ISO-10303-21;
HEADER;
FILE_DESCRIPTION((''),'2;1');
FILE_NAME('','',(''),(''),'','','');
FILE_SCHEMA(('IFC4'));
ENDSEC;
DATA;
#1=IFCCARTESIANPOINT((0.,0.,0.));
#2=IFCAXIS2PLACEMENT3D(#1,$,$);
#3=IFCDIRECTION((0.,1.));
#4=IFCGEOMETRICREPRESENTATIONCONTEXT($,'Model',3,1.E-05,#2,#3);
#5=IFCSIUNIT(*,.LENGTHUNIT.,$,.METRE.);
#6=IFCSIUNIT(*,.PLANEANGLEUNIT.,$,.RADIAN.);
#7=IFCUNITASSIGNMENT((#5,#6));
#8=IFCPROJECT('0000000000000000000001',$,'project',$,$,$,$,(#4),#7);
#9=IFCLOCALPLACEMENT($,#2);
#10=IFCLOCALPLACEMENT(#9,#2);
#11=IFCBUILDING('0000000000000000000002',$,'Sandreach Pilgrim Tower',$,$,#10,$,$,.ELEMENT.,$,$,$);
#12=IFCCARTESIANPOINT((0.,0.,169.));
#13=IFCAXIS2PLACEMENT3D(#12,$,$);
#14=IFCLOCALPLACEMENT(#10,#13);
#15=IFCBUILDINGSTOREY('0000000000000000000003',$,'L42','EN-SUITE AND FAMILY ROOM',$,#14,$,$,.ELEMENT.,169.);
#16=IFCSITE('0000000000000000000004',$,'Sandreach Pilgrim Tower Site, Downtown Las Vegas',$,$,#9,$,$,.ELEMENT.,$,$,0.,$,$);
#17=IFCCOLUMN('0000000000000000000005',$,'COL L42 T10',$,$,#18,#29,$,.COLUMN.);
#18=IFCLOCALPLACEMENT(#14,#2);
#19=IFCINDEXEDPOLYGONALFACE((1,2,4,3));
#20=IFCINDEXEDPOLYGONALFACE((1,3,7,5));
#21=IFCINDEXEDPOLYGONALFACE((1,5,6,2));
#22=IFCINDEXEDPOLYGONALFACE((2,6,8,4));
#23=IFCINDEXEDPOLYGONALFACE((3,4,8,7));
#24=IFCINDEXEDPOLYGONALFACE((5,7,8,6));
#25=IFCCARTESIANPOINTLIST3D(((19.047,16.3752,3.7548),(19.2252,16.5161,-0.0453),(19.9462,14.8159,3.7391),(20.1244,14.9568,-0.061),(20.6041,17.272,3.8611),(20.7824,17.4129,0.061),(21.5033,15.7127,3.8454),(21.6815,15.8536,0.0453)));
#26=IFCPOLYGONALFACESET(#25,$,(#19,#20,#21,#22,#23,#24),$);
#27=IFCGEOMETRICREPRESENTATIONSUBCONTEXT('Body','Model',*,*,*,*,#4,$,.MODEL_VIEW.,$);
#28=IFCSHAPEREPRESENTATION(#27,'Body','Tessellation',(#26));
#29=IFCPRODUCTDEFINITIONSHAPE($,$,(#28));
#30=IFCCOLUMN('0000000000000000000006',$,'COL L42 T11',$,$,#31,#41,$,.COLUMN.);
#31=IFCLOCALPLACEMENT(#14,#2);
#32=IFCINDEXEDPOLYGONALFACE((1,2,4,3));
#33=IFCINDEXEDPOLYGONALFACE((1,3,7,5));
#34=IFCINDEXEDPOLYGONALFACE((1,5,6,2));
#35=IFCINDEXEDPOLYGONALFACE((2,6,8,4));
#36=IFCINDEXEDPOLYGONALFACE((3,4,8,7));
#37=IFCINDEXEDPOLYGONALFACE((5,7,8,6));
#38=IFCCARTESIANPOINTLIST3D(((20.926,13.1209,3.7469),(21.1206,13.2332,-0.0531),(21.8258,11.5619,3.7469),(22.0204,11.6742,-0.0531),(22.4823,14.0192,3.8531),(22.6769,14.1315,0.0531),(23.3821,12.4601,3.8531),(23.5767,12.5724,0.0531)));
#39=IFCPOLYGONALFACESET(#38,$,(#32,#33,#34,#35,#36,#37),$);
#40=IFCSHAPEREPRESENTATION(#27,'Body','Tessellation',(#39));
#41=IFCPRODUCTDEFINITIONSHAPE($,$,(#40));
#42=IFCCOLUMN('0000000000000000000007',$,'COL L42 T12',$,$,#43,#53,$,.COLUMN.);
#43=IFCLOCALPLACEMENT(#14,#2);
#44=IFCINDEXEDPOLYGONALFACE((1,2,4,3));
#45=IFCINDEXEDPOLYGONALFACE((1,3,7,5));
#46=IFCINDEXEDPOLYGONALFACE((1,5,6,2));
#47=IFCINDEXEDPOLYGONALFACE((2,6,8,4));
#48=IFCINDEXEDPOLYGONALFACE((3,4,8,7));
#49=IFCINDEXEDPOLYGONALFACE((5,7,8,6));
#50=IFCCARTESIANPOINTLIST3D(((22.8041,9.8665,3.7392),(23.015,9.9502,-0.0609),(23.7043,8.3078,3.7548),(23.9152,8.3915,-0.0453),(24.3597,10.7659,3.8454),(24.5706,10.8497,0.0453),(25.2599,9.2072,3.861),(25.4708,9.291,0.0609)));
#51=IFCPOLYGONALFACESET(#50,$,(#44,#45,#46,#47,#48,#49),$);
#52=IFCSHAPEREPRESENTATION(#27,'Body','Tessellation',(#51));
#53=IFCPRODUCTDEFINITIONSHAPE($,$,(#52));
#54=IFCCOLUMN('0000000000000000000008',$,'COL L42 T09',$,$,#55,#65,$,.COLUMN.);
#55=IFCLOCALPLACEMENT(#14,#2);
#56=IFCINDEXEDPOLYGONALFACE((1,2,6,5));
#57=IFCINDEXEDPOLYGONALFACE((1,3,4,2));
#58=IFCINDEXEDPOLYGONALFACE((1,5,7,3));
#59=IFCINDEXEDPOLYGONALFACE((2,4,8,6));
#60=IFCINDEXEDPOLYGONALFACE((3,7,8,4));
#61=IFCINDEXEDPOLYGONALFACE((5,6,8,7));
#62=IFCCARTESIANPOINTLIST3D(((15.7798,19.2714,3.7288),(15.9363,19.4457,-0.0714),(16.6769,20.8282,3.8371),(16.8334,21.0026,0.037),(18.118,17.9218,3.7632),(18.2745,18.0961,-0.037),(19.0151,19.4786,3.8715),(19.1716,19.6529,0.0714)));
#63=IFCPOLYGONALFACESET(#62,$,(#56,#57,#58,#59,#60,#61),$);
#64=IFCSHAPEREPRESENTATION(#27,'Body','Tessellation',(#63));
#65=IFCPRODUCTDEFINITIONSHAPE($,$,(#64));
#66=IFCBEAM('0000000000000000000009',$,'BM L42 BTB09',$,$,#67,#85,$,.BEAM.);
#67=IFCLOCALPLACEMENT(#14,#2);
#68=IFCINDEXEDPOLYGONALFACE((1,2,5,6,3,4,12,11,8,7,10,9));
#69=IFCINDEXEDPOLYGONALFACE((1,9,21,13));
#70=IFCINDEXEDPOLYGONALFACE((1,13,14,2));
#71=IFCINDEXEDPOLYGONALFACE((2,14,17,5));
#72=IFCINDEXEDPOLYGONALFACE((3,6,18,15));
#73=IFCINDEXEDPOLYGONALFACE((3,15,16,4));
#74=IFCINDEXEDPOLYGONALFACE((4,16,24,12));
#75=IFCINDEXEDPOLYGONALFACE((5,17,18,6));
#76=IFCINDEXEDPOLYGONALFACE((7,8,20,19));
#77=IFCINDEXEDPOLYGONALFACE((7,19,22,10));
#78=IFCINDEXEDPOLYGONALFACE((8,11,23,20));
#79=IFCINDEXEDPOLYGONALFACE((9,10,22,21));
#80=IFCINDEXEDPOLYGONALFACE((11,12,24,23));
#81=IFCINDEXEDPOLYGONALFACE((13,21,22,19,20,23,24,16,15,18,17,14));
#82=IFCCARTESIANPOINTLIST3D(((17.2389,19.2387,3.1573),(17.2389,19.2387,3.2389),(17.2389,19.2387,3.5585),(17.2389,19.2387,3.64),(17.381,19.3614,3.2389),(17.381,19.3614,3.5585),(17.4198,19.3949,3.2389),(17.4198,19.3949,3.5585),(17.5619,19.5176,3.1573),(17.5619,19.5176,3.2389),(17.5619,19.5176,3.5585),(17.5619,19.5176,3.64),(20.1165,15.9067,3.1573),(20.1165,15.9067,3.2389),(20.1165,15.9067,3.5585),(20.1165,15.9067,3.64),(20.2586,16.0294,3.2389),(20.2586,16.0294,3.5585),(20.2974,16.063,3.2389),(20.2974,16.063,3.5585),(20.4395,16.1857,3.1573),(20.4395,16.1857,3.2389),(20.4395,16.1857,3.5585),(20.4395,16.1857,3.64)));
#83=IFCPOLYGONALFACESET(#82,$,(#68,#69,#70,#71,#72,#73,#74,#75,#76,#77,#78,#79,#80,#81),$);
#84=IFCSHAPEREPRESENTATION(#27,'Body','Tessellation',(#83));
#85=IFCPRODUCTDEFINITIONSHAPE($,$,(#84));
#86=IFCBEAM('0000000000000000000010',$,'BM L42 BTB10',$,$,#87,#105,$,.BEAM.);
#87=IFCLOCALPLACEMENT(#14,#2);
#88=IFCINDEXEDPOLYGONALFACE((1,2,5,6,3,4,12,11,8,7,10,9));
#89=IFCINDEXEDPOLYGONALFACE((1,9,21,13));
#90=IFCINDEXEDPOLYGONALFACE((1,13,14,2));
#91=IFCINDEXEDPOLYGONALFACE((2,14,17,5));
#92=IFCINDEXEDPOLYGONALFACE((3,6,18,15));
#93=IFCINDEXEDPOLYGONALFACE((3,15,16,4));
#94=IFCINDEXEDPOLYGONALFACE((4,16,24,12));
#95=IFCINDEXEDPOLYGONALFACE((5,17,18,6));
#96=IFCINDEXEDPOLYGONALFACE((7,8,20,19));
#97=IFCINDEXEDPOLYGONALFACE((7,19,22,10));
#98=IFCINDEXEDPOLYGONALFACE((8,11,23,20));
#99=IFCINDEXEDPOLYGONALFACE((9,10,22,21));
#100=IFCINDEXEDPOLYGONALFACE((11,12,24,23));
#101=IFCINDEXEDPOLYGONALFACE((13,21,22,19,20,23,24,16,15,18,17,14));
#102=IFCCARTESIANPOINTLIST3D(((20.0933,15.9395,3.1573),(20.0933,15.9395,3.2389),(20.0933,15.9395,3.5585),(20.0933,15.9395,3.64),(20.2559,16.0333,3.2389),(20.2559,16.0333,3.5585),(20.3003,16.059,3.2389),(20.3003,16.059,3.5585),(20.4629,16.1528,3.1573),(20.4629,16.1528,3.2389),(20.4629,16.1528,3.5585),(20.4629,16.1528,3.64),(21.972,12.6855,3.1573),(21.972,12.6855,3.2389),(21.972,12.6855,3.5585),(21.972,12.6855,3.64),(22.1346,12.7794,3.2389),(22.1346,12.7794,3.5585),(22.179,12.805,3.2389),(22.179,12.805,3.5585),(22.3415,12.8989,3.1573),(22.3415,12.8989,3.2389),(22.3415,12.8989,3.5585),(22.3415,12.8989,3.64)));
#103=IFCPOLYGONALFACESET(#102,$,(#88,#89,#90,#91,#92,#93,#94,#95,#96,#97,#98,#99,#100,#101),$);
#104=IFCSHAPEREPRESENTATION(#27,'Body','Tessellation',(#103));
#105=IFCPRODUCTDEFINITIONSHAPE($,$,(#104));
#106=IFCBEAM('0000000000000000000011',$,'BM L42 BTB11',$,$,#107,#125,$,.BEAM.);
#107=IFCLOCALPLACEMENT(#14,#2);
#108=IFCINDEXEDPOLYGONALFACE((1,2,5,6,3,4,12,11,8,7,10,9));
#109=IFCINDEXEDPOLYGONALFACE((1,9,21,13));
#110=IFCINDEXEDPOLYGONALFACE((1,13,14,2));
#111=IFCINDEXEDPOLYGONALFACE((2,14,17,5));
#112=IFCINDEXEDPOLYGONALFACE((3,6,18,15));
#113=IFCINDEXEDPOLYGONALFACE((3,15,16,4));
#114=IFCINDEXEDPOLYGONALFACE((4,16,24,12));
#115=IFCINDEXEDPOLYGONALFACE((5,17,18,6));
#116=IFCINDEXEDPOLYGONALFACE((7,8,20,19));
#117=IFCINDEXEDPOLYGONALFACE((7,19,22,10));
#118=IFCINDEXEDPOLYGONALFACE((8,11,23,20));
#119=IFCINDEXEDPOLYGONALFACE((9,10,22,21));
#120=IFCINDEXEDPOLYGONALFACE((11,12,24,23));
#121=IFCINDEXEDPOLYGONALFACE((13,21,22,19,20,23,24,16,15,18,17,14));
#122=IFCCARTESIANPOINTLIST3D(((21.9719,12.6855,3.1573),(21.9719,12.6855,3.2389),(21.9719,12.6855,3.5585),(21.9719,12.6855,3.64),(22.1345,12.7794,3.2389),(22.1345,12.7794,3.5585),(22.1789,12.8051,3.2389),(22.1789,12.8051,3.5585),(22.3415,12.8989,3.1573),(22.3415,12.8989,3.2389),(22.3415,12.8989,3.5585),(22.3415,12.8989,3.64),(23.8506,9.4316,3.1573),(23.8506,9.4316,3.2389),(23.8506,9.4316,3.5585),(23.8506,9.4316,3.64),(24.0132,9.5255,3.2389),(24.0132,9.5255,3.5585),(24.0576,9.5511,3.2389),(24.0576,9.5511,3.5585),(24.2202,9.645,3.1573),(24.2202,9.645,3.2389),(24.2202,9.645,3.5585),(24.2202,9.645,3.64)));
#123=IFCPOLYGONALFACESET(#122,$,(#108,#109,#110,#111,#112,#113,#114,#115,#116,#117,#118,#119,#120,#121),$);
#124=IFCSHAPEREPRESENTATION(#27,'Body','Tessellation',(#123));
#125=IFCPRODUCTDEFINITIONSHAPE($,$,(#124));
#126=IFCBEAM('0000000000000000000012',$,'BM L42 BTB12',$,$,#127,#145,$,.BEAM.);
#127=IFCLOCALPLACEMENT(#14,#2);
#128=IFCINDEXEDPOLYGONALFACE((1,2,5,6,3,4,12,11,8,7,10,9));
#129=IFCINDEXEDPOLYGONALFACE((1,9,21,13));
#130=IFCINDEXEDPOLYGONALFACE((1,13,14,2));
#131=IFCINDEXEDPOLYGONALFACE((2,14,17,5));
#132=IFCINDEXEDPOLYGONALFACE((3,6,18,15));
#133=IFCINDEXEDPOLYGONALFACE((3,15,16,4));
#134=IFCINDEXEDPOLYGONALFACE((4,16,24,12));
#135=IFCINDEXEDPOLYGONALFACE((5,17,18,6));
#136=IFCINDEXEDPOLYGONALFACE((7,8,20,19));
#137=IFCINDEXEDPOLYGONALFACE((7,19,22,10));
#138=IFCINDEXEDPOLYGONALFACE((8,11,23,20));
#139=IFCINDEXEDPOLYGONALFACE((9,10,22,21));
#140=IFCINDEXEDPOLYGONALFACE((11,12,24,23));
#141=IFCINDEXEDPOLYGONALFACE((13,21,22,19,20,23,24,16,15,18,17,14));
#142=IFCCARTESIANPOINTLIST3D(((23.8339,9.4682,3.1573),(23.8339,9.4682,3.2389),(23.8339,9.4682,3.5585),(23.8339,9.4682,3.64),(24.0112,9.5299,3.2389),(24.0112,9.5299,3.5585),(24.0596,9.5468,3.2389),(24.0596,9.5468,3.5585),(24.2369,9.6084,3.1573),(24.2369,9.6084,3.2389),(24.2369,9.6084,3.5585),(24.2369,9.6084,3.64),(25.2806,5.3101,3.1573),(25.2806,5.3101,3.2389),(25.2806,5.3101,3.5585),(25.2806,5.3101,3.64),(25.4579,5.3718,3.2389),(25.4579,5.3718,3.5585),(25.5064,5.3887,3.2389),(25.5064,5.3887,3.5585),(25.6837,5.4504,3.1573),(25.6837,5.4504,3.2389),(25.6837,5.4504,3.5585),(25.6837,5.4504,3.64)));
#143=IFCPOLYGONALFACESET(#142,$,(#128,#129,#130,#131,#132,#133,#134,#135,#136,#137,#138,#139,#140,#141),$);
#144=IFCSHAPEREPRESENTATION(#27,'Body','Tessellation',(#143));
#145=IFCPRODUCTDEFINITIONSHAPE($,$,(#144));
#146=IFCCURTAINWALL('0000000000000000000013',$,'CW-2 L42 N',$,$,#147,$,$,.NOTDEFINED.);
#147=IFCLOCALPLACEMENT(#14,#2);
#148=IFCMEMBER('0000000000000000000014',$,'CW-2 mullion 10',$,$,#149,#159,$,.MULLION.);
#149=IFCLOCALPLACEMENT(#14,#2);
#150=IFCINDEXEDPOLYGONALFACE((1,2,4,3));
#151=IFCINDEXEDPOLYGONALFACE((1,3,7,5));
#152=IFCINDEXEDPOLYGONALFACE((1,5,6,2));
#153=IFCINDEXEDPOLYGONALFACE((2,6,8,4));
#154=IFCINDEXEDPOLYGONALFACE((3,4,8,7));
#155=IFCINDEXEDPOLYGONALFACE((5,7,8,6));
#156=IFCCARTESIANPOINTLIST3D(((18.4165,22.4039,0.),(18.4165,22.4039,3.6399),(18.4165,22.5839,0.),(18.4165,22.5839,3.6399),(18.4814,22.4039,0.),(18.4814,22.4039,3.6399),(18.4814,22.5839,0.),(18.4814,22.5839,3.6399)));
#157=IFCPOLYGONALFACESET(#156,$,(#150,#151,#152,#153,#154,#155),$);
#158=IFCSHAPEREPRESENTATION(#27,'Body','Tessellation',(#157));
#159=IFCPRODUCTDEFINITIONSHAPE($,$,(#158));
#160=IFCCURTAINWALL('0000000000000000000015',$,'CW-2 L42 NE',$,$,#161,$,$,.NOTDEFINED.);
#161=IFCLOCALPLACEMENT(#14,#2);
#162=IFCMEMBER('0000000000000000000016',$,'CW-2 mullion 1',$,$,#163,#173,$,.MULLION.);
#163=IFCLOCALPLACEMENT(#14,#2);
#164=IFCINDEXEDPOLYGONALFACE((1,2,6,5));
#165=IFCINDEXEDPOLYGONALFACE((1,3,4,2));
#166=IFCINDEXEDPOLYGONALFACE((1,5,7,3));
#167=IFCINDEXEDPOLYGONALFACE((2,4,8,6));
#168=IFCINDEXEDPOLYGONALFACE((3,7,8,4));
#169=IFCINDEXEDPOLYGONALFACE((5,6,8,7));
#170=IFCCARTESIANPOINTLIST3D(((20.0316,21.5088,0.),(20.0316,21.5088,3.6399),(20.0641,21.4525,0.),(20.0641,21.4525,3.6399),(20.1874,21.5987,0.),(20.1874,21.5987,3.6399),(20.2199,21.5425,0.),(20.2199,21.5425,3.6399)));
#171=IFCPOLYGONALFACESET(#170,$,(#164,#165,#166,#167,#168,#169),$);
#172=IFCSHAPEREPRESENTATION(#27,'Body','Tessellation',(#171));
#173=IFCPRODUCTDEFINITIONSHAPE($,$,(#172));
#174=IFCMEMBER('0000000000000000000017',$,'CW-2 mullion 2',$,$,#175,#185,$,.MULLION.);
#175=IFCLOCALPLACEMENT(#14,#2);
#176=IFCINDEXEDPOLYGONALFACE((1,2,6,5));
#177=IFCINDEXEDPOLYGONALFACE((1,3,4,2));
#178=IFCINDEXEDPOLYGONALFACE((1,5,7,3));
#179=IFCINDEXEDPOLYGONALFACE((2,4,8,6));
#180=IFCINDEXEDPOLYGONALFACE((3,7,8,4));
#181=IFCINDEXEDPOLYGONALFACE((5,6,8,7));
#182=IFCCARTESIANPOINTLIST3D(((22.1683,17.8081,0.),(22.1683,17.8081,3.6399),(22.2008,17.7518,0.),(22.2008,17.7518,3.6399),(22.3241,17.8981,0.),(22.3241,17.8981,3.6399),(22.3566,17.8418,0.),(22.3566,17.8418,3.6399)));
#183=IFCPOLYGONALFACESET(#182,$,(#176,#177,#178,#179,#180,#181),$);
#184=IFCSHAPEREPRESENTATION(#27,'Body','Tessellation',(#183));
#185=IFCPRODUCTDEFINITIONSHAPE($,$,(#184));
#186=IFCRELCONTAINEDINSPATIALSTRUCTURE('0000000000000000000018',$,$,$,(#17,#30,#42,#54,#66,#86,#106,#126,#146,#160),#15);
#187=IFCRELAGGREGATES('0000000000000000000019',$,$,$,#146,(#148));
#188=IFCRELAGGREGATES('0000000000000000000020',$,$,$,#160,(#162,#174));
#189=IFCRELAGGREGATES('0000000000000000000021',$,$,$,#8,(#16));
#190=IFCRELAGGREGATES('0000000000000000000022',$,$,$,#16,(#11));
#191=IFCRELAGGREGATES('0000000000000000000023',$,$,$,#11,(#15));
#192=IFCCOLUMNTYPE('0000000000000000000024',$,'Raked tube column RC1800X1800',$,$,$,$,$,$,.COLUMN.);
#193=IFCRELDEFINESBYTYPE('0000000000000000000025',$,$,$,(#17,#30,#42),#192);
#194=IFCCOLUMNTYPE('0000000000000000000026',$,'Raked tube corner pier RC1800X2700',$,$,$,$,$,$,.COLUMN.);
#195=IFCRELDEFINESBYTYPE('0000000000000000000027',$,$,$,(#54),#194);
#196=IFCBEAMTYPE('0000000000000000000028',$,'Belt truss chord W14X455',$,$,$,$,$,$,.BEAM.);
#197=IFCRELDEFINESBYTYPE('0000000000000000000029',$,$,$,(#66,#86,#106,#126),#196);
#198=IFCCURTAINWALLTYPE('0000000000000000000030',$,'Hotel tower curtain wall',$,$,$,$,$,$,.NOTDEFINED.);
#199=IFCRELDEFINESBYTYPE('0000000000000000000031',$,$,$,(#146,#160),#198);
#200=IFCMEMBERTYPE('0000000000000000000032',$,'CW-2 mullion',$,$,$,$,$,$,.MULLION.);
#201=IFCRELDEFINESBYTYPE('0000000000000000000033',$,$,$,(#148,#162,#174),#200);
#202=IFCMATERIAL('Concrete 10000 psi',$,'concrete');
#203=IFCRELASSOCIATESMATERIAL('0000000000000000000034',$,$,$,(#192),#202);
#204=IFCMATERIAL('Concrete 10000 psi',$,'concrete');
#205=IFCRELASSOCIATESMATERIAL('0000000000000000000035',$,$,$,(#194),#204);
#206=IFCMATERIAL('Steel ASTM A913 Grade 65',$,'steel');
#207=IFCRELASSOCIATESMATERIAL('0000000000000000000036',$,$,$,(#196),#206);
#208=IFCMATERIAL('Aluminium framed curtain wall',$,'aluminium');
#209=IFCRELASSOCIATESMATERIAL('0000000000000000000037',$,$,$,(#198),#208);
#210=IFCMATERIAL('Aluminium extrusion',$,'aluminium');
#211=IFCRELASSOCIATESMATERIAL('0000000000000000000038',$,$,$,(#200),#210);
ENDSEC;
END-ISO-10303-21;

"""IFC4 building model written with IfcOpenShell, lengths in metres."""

from ifc_helpers import new_model, si_unit, direction, frame, origin, origin_2d, place, context, subcontext, project, spatial, rectangle, i_section, extrude, material, material_profile, profile_set, type_object, element, aggregate, save


model = new_model("IFC4")

# Units and contexts
model_context = context("Model", 3, precision=1e-05, world=origin(), true_north=direction((0.0, 1.0)))
body_context = subcontext(model_context, "Body", "Model", "MODEL_VIEW")
ifc_project = project(units=[si_unit("LENGTHUNIT", "METRE"), si_unit("PLANEANGLEUNIT", "RADIAN")], contexts=[model_context])

# Site, building, storey
site_placement = place(None, origin())
site = spatial("IfcSite", under=ifc_project, at=site_placement, Name="Sandreach Pilgrim Tower Site, Downtown Las Vegas", CompositionType="ELEMENT", RefElevation=0.0)
building_placement = place(site_placement, origin())
building = spatial("IfcBuilding", under=site, at=building_placement, Name="Sandreach Pilgrim Tower", CompositionType="ELEMENT")
storey_placement = place(building_placement, frame((0.0, 0.0, 169.0)))
storey = spatial("IfcBuildingStorey", under=building, at=storey_placement, Name="L42", Description="EN-SUITE AND FAMILY ROOM", CompositionType="ELEMENT", Elevation=169.0)

# Columns
ifc_material_1 = material(Name="Concrete 10000 psi", Category="concrete")
ifc_material_profile_1 = material_profile(ifc_material_1, rectangle(XDim=1.8, YDim=1.8, at=origin_2d()), Name="RC1800X1800")
ifc_profile_set_1 = profile_set([ifc_material_profile_1], Name="Concrete 10000 psi")
column_type_1 = type_object("IfcColumnType", Name="Raked tube column RC1800X1800", PredefinedType="COLUMN", material=ifc_profile_set_1)
column_1_placement = place(storey_placement, frame((20.4534, 16.1848, 0.0), z_axis=(-0.046817, -0.037004, 0.998218), x_axis=(0.865044, 0.498209, 0.059039)))
element("IfcColumn", 1, at=column_1_placement, inside=storey, type_object=column_type_1, Name="COL L42 T10", PredefinedType="COLUMN", context=body_context, shape_type="SweptSolid", body=[
    extrude(rectangle(XDim=1.8, YDim=1.8, at=origin_2d()), origin(), (0.0, 0.0, 1.0), 3.8069),
])
column_2_placement = place(storey_placement, frame((22.3486, 12.9028, 0.0), z_axis=(-0.051115, -0.029502, 0.998257), x_axis=(0.864585, 0.499008, 0.059018)))
element("IfcColumn", 2, at=column_2_placement, inside=storey, type_object=column_type_1, Name="COL L42 T11", PredefinedType="COLUMN", context=body_context, shape_type="SweptSolid", body=[
    extrude(rectangle(XDim=1.8, YDim=1.8, at=origin_2d()), origin(), (0.0, 0.0, 1.0), 3.8066),
])
column_3_placement = place(storey_placement, frame((24.2429, 9.6206, 0.0), z_axis=(-0.05541, -0.021997, 0.998221), x_axis=(0.864198, 0.499683, 0.058982)))
element("IfcColumn", 3, at=column_3_placement, inside=storey, type_object=column_type_1, Name="COL L42 T12", PredefinedType="COLUMN", context=body_context, shape_type="SweptSolid", body=[
    extrude(rectangle(XDim=1.8, YDim=1.8, at=origin_2d()), origin(), (0.0, 0.0, 1.0), 3.8069),
])
ifc_material_2 = material(Name="Concrete 10000 psi", Category="concrete")
ifc_material_profile_2 = material_profile(ifc_material_2, rectangle(XDim=1.8, YDim=2.7, at=origin_2d()), Name="RC1800X2700")
ifc_profile_set_2 = profile_set([ifc_material_profile_2], Name="Concrete 10000 psi")
column_type_2 = type_object("IfcColumnType", Name="Raked tube corner pier RC1800X2700", PredefinedType="COLUMN", material=ifc_profile_set_2)
column_4_placement = place(storey_placement, frame((17.554, 19.5493, 0.0), z_axis=(-0.041104, -0.045785, 0.998105), x_axis=(0.498343, 0.864888, 0.060197)))
element("IfcColumn", 4, at=column_4_placement, inside=storey, type_object=column_type_2, Name="COL L42 T09", PredefinedType="COLUMN", context=body_context, shape_type="SweptSolid", body=[
    extrude(rectangle(XDim=1.8, YDim=2.7, at=origin_2d()), origin(), (0.0, 0.0, 1.0), 3.8074),
])

# Beams
ifc_material_3 = material(Name="Steel ASTM A913 Grade 65", Category="steel")
ifc_material_profile_3 = material_profile(ifc_material_3, i_section(OverallWidth=0.4268, OverallDepth=0.4827, WebThickness=0.0513, FlangeThickness=0.0815, at=origin_2d()), Name="W14X455")
ifc_profile_set_3 = profile_set([ifc_material_profile_3], Name="Steel ASTM A913 Grade 65")
beam_type_1 = type_object("IfcBeamType", Name="Belt truss chord W14X455", PredefinedType="BEAM", material=ifc_profile_set_3)
beam_1_placement = place(storey_placement, frame((17.4004, 19.3782, 3.3987), z_axis=(0.653623, -0.756821, 0.0), x_axis=(0.756821, 0.653623, 0.0)))
element("IfcBeam", 5, at=beam_1_placement, inside=storey, type_object=beam_type_1, Name="BM L42 BTB09", PredefinedType="BEAM", context=body_context, shape_type="SweptSolid", body=[
    extrude(i_section(OverallWidth=0.4268, OverallDepth=0.4827, WebThickness=0.0513, FlangeThickness=0.0815, at=origin_2d()), origin(), (0.0, 0.0, 1.0), 4.4026),
])
for number, where, z_axis, x_axis, name in (
    (6, (20.2781, 16.0461, 3.3987), (0.500004, -0.866023, 0.0), (0.866023, 0.500004, 0.0), "BM L42 BTB10"),
    (7, (22.1567, 12.7922, 3.3987), (0.500004, -0.866023, 0.0), (0.866023, 0.500004, 0.0), "BM L42 BTB11"),
):
    element("IfcBeam", number, at=place(storey_placement, frame(where, z_axis=z_axis, x_axis=x_axis)), inside=storey, type_object=beam_type_1, Name=name, PredefinedType="BEAM", context=body_context, shape_type="SweptSolid", body=[
        extrude(i_section(OverallWidth=0.4268, OverallDepth=0.4827, WebThickness=0.0513, FlangeThickness=0.0815, at=origin_2d()), origin(), (0.0, 0.0, 1.0), 3.7573),
    ])
beam_2_placement = place(storey_placement, frame((24.0354, 9.5383, 3.3987), z_axis=(0.328611, -0.944465, 0.0), x_axis=(0.944465, 0.328611, 0.0)))
element("IfcBeam", 8, at=beam_2_placement, inside=storey, type_object=beam_type_1, Name="BM L42 BTB12", PredefinedType="BEAM", context=body_context, shape_type="SweptSolid", body=[
    extrude(i_section(OverallWidth=0.4268, OverallDepth=0.4827, WebThickness=0.0513, FlangeThickness=0.0815, at=origin_2d()), origin(), (0.0, 0.0, 1.0), 4.4026),
])

# Curtain wall, member
ifc_material_4 = material(Name="Aluminium framed curtain wall", Category="aluminium")
curtain_wall_type = type_object("IfcCurtainWallType", Name="Hotel tower curtain wall", PredefinedType="NOTDEFINED", material=ifc_material_4)
curtain_wall_1_placement = place(storey_placement, origin())
curtain_wall_1 = element("IfcCurtainWall", 9, at=curtain_wall_1_placement, inside=storey, type_object=curtain_wall_type, Name="CW-2 L42 N", PredefinedType="NOTDEFINED")
ifc_material_5 = material(Name="Aluminium extrusion", Category="aluminium")
ifc_material_profile_4 = material_profile(ifc_material_5, rectangle(XDim=0.0649, YDim=0.1799, at=origin_2d()), Name="CW-2M 65X180")
ifc_profile_set_4 = profile_set([ifc_material_profile_4], Name="Aluminium extrusion")
member_type_1 = type_object("IfcMemberType", Name="CW-2 mullion", PredefinedType="MULLION", material=ifc_profile_set_4)
member_1_placement = place(storey_placement, frame((18.449, 22.4939, 0.0), z_axis=(0.0, 0.0, 1.0), x_axis=(1.0, 0.0, 0.0)))
member_1 = element("IfcMember", 10, at=member_1_placement, type_object=member_type_1, Name="CW-2 mullion 10", PredefinedType="MULLION", context=body_context, shape_type="SweptSolid", body=[
    extrude(rectangle(XDim=0.0649, YDim=0.1799, at=origin_2d()), origin(), (0.0, 0.0, 1.0), 3.6399),
])

# Curtain wall, members
curtain_wall_2_placement = place(storey_placement, origin())
curtain_wall_2 = element("IfcCurtainWall", 11, at=curtain_wall_2_placement, inside=storey, type_object=curtain_wall_type, Name="CW-2 L42 NE", PredefinedType="NOTDEFINED")
member_2_placement = place(storey_placement, frame((20.1257, 21.5256, 0.0), z_axis=(0.0, 0.0, 1.0), x_axis=(0.5, -0.866025, 0.0)))
member_2 = element("IfcMember", 12, at=member_2_placement, type_object=member_type_1, Name="CW-2 mullion 1", PredefinedType="MULLION", context=body_context, shape_type="SweptSolid", body=[
    extrude(rectangle(XDim=0.0649, YDim=0.1799, at=origin_2d()), origin(), (0.0, 0.0, 1.0), 3.6399),
])
member_3_placement = place(storey_placement, frame((22.2625, 17.825, 0.0), z_axis=(0.0, 0.0, 1.0), x_axis=(0.5, -0.866025, 0.0)))
member_3 = element("IfcMember", 13, at=member_3_placement, type_object=member_type_1, Name="CW-2 mullion 2", PredefinedType="MULLION", context=body_context, shape_type="SweptSolid", body=[
    extrude(rectangle(XDim=0.0649, YDim=0.1799, at=origin_2d()), origin(), (0.0, 0.0, 1.0), 3.6399),
])

aggregate(curtain_wall_1, [member_1])
aggregate(curtain_wall_2, [member_2, member_3])

save(model, "model.ifc")
